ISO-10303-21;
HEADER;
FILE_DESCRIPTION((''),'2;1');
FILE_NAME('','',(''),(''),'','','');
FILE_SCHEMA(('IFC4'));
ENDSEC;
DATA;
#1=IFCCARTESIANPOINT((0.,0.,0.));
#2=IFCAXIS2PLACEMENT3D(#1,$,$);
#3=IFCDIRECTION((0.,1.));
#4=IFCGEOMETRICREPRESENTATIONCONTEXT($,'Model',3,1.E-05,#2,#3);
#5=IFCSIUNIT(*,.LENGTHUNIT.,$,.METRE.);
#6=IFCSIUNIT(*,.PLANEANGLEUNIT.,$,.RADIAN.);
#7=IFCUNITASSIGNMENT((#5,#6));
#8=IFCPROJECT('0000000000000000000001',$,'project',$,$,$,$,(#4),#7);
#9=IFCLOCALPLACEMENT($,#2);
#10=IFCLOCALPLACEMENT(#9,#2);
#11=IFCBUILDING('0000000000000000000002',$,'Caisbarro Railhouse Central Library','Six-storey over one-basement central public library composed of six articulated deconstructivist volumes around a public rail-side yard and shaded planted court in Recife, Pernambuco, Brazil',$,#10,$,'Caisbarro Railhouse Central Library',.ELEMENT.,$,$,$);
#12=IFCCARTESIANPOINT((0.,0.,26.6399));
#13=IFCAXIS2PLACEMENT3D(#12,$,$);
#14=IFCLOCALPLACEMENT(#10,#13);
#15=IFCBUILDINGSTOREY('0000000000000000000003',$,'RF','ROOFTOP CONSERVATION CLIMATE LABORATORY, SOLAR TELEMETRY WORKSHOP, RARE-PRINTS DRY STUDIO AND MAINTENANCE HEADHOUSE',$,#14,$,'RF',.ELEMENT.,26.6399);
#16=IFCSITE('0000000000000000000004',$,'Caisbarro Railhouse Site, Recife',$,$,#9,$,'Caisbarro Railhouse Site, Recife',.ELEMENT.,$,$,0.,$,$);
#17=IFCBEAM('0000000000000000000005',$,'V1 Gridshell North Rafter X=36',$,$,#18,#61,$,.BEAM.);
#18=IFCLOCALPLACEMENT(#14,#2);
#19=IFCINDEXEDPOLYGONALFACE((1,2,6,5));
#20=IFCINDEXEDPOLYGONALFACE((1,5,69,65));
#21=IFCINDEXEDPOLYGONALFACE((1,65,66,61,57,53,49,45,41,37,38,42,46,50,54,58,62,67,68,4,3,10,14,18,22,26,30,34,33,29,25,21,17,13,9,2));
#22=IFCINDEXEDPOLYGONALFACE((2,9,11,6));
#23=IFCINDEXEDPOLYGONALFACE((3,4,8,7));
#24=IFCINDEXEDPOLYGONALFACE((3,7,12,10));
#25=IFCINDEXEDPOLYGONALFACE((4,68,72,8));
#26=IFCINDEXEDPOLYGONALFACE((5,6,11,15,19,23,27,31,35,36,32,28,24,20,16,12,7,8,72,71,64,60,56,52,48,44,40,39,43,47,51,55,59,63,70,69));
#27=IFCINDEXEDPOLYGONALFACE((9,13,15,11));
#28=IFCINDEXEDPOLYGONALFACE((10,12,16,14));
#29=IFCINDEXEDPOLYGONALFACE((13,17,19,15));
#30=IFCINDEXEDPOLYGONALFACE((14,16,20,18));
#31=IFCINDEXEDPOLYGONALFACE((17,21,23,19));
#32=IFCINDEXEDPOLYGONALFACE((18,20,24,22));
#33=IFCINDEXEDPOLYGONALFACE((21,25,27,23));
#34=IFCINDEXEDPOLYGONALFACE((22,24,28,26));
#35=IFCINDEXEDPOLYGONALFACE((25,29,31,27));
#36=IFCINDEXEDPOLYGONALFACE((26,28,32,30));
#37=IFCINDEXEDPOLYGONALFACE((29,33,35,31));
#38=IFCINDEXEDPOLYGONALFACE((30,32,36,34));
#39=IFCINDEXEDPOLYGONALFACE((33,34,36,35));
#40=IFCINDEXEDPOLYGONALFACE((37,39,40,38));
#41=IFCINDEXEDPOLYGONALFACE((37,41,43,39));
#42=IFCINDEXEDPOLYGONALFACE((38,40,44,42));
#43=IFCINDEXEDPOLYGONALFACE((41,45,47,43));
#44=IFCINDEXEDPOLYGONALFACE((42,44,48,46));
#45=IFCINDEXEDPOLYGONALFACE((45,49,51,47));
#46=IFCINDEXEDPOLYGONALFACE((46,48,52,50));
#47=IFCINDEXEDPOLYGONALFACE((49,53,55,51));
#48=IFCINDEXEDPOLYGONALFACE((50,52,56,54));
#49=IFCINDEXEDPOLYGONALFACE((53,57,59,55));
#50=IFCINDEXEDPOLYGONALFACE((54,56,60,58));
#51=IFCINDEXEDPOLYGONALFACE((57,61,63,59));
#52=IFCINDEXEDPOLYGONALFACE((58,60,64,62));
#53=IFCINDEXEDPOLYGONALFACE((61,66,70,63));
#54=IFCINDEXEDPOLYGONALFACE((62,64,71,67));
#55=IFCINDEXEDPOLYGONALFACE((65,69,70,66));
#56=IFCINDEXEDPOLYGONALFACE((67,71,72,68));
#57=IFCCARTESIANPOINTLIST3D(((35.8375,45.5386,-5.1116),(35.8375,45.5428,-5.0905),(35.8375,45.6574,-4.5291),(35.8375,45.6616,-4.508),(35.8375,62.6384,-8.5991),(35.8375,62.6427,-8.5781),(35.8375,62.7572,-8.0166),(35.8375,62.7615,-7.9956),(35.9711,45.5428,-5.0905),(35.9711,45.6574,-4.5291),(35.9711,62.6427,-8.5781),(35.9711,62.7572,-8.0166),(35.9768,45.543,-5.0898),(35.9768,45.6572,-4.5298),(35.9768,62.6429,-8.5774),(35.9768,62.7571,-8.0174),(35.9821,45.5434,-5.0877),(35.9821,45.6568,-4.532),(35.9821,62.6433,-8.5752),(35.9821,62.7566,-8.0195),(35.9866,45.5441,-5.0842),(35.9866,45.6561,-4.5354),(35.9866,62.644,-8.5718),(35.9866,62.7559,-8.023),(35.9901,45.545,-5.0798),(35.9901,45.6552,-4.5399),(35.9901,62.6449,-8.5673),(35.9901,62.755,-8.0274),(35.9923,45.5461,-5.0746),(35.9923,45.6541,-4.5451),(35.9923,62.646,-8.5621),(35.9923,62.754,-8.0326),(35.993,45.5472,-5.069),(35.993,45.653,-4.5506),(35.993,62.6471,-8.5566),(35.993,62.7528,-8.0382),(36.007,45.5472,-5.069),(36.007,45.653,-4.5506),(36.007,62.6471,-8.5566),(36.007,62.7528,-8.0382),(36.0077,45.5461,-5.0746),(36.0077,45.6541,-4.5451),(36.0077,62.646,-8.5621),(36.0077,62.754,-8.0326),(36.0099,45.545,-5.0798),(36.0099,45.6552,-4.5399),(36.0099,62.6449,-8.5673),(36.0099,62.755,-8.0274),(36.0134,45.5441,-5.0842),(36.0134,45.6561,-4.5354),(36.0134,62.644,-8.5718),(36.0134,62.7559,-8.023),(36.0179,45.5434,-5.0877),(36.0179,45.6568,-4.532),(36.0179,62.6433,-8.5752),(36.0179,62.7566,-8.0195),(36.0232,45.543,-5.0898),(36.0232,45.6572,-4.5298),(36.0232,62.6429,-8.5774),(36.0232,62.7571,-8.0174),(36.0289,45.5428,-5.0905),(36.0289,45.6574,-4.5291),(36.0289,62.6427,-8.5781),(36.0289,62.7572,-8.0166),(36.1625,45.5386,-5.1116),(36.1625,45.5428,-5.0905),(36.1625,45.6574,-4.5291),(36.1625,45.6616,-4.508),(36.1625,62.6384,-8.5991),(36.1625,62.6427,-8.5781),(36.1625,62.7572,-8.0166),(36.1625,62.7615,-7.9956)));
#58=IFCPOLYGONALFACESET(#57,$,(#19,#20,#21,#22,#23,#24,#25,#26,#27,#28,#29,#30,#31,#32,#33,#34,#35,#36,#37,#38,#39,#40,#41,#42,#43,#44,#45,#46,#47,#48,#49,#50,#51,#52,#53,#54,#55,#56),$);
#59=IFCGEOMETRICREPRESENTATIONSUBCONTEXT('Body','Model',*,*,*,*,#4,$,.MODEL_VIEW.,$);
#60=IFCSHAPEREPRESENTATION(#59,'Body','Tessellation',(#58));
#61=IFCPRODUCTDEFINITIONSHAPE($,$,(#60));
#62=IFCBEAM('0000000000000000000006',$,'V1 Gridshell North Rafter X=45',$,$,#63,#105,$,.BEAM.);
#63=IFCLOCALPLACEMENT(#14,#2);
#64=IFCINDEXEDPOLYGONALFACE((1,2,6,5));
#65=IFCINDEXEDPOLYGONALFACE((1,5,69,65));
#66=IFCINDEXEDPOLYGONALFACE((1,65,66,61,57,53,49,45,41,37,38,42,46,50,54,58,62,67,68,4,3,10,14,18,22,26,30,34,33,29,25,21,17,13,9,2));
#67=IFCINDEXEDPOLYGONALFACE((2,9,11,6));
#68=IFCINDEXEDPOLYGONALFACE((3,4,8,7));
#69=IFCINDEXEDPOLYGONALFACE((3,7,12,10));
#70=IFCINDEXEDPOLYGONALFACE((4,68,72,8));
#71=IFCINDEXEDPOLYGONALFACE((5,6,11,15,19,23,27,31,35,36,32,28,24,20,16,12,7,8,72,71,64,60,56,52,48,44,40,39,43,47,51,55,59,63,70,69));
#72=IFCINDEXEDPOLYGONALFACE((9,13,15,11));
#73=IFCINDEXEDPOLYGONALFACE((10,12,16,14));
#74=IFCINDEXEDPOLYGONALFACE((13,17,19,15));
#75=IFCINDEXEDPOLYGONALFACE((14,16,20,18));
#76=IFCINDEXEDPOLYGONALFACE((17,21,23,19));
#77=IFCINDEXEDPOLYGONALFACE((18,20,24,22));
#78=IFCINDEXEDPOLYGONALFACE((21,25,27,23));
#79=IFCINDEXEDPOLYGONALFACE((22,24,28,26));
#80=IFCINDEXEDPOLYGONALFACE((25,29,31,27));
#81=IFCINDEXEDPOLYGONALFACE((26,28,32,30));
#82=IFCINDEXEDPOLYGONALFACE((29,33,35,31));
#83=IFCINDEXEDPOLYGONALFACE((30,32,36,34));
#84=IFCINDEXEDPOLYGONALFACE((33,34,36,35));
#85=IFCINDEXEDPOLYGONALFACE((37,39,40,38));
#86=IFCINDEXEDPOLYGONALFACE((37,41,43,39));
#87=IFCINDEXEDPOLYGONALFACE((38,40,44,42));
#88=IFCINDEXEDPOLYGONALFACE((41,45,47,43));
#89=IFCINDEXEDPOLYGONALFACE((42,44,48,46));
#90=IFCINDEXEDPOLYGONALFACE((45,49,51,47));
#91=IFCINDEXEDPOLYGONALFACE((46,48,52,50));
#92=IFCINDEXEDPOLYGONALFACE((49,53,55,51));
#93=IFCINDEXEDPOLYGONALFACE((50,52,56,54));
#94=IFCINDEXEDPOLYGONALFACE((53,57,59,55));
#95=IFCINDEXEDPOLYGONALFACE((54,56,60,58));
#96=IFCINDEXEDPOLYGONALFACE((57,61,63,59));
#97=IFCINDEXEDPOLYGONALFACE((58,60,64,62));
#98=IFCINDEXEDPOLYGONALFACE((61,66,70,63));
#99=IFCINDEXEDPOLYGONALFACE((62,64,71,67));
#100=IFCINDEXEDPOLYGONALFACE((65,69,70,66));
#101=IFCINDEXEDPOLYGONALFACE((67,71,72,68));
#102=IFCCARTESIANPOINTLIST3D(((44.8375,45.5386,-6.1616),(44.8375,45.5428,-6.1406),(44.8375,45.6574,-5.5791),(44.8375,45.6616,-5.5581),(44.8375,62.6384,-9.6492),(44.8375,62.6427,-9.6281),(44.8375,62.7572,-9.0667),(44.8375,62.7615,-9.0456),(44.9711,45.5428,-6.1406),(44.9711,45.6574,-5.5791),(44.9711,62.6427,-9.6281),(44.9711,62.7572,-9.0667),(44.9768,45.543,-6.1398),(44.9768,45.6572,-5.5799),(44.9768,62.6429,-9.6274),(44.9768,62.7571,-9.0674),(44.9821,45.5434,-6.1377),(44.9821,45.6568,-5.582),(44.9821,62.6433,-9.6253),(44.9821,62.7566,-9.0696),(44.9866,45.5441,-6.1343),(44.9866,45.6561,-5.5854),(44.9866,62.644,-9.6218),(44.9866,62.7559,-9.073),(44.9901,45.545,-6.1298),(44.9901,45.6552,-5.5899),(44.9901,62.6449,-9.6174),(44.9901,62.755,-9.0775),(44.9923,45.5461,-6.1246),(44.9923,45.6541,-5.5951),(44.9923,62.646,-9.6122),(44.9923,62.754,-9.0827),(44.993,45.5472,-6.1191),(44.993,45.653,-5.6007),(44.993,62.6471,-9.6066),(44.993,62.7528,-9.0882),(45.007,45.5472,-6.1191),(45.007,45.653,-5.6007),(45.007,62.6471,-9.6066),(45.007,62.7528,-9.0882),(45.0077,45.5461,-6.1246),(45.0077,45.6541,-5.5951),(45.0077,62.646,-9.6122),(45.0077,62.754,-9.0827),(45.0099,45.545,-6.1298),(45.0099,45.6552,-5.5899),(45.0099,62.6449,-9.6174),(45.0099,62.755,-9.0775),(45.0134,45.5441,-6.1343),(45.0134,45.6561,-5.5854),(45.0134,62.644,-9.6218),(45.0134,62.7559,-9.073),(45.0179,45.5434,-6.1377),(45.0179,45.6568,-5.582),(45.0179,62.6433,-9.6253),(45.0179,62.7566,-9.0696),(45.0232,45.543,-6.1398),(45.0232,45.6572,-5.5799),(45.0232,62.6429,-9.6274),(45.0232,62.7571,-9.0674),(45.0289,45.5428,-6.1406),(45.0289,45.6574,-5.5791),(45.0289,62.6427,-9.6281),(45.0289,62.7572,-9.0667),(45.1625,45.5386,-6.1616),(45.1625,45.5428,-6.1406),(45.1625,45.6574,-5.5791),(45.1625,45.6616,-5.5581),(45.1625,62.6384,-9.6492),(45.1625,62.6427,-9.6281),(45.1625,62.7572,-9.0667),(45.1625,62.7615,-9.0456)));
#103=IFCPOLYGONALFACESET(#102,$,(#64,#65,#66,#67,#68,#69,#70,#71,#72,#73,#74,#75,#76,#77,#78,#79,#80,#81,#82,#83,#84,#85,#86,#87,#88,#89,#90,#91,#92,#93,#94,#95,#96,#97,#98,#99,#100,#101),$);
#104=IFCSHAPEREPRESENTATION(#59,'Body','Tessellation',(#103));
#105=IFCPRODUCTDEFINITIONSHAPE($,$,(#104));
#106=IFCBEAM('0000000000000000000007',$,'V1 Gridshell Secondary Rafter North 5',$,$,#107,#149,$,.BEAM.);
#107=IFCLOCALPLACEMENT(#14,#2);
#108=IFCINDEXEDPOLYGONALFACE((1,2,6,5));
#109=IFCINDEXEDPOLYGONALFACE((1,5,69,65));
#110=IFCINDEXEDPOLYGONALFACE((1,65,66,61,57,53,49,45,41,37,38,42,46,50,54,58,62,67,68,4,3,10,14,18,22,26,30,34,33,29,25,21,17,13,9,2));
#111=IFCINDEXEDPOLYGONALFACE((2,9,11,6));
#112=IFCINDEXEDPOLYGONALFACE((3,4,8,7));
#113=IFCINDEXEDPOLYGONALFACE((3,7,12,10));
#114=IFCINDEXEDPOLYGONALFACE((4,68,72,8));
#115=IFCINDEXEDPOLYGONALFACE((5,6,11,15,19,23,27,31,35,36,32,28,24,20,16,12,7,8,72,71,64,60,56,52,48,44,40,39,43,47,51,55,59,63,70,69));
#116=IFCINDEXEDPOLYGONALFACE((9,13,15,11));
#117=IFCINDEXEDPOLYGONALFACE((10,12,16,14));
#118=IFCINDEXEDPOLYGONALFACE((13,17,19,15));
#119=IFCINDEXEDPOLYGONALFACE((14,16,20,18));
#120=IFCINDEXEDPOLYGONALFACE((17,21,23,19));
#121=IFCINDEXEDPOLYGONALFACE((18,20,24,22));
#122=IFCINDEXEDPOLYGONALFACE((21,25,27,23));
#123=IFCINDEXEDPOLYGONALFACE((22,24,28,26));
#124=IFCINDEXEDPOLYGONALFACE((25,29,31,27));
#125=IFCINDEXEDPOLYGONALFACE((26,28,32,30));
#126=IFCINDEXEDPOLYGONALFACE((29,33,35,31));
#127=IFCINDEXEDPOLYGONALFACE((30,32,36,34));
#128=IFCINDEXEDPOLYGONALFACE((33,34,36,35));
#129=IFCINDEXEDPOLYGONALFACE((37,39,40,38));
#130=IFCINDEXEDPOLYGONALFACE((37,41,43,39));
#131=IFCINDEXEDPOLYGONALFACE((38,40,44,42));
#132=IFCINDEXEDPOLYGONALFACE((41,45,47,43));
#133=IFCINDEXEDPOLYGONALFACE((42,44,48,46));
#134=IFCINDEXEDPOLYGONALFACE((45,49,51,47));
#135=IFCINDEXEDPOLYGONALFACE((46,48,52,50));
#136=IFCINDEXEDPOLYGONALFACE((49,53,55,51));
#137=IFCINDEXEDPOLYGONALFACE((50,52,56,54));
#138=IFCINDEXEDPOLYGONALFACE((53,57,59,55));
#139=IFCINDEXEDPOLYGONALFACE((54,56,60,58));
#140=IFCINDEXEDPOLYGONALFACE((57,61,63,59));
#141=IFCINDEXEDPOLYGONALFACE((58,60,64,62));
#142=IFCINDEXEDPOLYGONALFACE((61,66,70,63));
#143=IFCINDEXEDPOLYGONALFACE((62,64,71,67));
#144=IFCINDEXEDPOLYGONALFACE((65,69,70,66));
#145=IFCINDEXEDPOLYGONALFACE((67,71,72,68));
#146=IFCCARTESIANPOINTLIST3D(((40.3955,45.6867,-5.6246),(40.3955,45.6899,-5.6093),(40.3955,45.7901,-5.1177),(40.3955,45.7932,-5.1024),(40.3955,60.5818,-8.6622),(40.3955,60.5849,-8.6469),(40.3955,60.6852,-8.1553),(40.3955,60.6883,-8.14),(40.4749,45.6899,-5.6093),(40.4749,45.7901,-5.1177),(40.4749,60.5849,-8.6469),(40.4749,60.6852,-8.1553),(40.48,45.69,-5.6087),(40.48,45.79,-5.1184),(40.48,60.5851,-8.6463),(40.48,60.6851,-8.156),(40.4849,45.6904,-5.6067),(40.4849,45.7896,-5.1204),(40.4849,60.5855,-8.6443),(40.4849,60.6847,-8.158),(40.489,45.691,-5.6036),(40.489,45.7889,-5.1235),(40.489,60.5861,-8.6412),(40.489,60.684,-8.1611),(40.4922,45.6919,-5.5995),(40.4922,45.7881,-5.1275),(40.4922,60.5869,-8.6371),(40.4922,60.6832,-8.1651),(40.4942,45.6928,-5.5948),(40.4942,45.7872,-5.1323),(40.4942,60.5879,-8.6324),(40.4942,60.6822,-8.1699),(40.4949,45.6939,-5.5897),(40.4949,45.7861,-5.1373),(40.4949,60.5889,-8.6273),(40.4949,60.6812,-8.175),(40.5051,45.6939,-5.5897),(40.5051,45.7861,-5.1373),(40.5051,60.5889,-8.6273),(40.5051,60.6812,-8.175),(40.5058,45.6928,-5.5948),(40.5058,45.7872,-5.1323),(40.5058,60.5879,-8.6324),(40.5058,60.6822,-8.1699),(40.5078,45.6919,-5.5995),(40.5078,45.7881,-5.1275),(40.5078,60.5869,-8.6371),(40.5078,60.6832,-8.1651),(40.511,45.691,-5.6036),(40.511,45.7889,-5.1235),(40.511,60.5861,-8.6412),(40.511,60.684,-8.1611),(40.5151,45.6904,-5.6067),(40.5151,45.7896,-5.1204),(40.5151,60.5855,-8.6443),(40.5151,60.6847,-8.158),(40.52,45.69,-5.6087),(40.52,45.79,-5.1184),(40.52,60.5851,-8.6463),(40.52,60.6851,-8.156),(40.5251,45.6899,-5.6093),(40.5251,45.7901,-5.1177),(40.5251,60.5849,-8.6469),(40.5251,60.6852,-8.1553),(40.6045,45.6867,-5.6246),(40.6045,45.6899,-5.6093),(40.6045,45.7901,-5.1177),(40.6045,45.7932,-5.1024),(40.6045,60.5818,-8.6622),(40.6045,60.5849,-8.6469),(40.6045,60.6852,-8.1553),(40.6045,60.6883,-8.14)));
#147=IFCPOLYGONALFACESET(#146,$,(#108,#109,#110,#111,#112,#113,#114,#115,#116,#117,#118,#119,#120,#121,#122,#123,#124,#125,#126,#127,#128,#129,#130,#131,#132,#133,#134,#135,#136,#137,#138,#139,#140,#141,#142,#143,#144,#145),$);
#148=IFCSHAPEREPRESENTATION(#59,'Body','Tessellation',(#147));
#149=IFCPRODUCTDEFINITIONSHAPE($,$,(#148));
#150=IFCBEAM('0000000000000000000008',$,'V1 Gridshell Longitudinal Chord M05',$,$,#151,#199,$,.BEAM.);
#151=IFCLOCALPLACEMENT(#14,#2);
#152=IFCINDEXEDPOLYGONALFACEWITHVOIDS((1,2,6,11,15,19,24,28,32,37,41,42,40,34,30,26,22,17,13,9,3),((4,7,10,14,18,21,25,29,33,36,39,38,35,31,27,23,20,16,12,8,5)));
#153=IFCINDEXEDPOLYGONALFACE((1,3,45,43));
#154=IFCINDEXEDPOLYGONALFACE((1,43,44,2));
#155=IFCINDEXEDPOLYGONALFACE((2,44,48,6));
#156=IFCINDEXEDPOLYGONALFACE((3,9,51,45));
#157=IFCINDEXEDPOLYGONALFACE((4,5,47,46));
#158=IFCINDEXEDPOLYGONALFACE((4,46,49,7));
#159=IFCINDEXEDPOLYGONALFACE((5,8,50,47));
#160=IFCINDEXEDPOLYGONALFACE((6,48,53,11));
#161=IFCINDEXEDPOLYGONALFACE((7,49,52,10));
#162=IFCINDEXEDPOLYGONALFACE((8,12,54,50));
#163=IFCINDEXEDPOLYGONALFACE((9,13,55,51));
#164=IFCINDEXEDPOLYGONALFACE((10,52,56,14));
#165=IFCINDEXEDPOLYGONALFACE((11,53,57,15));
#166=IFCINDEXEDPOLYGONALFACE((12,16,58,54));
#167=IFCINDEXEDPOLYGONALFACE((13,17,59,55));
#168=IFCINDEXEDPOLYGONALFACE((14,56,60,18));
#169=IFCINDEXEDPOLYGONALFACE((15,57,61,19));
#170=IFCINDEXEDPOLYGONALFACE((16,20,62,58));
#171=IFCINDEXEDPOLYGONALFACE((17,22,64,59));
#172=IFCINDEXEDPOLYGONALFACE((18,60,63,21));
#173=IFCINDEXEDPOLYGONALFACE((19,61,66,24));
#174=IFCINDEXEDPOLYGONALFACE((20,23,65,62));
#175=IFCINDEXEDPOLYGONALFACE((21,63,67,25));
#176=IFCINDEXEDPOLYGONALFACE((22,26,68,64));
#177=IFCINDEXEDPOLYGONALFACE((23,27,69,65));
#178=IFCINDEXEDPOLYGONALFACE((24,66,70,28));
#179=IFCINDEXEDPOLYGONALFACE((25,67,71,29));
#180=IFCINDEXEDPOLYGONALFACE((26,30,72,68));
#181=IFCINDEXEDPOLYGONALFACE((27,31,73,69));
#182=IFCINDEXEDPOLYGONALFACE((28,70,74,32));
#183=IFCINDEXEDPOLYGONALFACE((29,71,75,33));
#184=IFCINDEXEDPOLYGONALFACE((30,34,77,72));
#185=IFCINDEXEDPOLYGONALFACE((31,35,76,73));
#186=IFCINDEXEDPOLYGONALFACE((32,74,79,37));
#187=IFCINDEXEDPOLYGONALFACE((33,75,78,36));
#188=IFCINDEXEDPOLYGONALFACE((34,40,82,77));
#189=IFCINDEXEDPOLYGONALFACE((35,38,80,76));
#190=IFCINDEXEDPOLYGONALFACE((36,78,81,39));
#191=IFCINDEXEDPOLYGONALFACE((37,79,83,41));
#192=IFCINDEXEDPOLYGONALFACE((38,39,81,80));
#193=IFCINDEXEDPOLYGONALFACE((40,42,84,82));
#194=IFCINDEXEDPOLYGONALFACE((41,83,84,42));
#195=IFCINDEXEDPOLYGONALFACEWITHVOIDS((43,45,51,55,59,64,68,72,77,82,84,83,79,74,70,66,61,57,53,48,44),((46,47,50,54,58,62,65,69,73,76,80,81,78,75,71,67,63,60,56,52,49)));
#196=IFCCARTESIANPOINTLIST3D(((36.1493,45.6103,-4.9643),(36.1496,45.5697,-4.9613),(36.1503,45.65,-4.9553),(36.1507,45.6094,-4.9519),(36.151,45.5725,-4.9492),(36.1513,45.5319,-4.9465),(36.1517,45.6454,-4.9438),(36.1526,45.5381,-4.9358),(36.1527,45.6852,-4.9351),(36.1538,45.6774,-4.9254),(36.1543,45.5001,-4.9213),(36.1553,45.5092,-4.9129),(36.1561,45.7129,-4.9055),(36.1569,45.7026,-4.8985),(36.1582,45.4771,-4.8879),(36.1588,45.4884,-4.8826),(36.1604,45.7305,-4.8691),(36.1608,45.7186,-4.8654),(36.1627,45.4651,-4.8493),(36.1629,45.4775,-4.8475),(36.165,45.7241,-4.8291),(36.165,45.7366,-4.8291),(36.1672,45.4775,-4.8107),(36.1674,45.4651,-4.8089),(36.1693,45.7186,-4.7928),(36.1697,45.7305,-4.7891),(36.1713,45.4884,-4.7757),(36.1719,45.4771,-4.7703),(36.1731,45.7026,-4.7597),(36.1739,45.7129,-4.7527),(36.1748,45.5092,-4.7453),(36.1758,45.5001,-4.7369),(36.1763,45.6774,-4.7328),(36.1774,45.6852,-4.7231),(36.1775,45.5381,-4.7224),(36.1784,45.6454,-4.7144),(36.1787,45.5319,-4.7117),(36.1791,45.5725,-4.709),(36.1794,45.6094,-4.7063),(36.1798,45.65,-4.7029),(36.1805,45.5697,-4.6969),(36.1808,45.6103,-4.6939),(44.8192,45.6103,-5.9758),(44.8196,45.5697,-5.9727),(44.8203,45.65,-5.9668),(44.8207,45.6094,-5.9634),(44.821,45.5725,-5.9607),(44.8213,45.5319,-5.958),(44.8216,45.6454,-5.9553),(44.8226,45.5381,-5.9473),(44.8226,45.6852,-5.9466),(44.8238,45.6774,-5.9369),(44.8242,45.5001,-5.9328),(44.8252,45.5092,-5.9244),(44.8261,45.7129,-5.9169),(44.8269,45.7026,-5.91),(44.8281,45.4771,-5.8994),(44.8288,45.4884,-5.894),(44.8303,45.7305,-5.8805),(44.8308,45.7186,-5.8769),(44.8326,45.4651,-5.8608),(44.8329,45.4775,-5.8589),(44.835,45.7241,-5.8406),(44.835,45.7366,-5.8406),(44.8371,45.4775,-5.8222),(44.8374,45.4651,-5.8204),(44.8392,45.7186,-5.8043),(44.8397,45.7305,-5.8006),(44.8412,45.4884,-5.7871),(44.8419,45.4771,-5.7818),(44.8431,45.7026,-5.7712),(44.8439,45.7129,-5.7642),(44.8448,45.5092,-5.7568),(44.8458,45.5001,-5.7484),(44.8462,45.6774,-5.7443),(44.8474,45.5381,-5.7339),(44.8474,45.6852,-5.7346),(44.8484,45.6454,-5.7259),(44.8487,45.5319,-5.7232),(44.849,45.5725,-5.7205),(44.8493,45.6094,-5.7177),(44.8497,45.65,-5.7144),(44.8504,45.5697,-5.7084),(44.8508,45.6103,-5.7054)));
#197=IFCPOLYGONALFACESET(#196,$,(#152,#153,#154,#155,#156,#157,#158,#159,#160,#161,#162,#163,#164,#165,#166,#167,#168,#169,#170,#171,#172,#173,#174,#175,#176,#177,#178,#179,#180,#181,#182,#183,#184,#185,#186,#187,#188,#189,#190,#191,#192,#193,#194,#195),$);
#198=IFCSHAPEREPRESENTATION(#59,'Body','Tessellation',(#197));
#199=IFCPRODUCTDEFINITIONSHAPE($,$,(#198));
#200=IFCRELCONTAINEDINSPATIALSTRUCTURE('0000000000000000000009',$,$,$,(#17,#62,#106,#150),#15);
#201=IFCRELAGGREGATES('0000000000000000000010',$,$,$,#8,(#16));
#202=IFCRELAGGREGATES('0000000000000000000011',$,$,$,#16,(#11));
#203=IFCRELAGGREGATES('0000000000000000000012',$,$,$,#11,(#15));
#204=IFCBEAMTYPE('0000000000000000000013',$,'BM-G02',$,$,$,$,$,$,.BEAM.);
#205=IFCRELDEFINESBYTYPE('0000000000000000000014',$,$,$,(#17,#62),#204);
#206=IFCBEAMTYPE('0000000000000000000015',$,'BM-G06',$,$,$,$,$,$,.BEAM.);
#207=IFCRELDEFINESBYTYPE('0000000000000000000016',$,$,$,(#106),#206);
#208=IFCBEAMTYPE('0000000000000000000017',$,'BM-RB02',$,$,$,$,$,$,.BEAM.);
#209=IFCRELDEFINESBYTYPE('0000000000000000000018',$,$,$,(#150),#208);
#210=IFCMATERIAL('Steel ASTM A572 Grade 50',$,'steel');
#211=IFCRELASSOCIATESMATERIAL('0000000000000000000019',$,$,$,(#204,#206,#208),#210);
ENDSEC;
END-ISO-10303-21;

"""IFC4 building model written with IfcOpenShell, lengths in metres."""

from ifc_helpers import new_model, si_unit, direction, frame, origin, origin_2d, place, context, subcontext, project, spatial, hollow_circle, i_section, extrude, material, material_profile, profile_set, type_object, element, save


model = new_model("IFC4")

# Units and contexts
model_context = context("Model", 3, precision=1e-05, world=origin(), true_north=direction((0.0, 1.0)))
body_context = subcontext(model_context, "Body", "Model", "MODEL_VIEW")
ifc_project = project(units=[si_unit("LENGTHUNIT", "METRE"), si_unit("PLANEANGLEUNIT", "RADIAN")], contexts=[model_context])

# Site, building, storey
site_placement = place(None, origin())
site = spatial("IfcSite", under=ifc_project, at=site_placement, Name="Caisbarro Railhouse Site, Recife", LongName="Caisbarro Railhouse Site, Recife", CompositionType="ELEMENT", RefElevation=0.0)
building_placement = place(site_placement, origin())
building = spatial("IfcBuilding", under=site, at=building_placement, Name="Caisbarro Railhouse Central Library", Description="Six-storey over one-basement central public library composed of six articulated deconstructivist volumes around a public rail-side yard and shaded planted court in Recife, Pernambuco, Brazil", LongName="Caisbarro Railhouse Central Library", CompositionType="ELEMENT")
storey_placement = place(building_placement, frame((0.0, 0.0, 26.6399)))
storey = spatial("IfcBuildingStorey", under=building, at=storey_placement, Name="RF", Description="ROOFTOP CONSERVATION CLIMATE LABORATORY, SOLAR TELEMETRY WORKSHOP, RARE-PRINTS DRY STUDIO AND MAINTENANCE HEADHOUSE", LongName="RF", CompositionType="ELEMENT", Elevation=26.6399)

# Beams
ifc_material_1 = material(Name="Steel ASTM A572 Grade 50", Category="steel")
ifc_material_profile_1 = material_profile(ifc_material_1, i_section(OverallWidth=0.325, OverallDepth=0.616, WebThickness=0.0139, FlangeThickness=0.0215, FilletRadius=0.022, at=origin_2d()), Name="W610X174.0")
ifc_profile_set_1 = profile_set([ifc_material_profile_1], Name="Steel ASTM A572 Grade 50")
beam_type_1 = type_object("IfcBeamType", Name="BM-G02", PredefinedType="BEAM", material=ifc_profile_set_1)
for number, where, z_axis, x_axis, name in (
    (1, (36.0, 45.6001, -4.8098), (0.0, 0.979829, -0.199838), (-1.0, 0.0, 0.0), "V1 Gridshell North Rafter X=36"),
    (2, (45.0, 45.6001, -5.8599), (0.0, 0.979829, -0.199838), (-1.0, 0.0, 0.0), "V1 Gridshell North Rafter X=45"),
):
    element("IfcBeam", number, at=place(storey_placement, frame(where, z_axis=z_axis, x_axis=x_axis)), inside=storey, type_object=beam_type_1, Name=name, PredefinedType="BEAM", context=body_context, shape_type="SweptSolid", body=[
        extrude(i_section(OverallWidth=0.325, OverallDepth=0.616, WebThickness=0.0139, FlangeThickness=0.0215, FilletRadius=0.022, at=origin_2d()), origin(), (0.0, 0.0, 1.0), 17.4519),
    ])
ifc_material_profile_2 = material_profile(ifc_material_1, i_section(OverallWidth=0.209, OverallDepth=0.533, WebThickness=0.0103, FlangeThickness=0.0156, FilletRadius=0.02, at=origin_2d()), Name="W530X92.0")
ifc_profile_set_2 = profile_set([ifc_material_profile_2], Name="Steel ASTM A572 Grade 50")
beam_type_2 = type_object("IfcBeamType", Name="BM-G06", PredefinedType="BEAM", material=ifc_profile_set_2)
beam_1_placement = place(storey_placement, frame((40.5, 45.74, -5.3635), z_axis=(0.0, 0.979832, -0.199821), x_axis=(-1.0, 0.0, 0.0)))
element("IfcBeam", 3, at=beam_1_placement, inside=storey, type_object=beam_type_2, Name="V1 Gridshell Secondary Rafter North 5", PredefinedType="BEAM", context=body_context, shape_type="SweptSolid", body=[
    extrude(i_section(OverallWidth=0.209, OverallDepth=0.533, WebThickness=0.0103, FlangeThickness=0.0156, FilletRadius=0.02, at=origin_2d()), origin(), (0.0, 0.0, 1.0), 15.2017),
])
ifc_material_profile_3 = material_profile(ifc_material_1, hollow_circle(Radius=0.1365, WallThickness=0.0125, at=origin_2d()), Name="CHS273.0X12.5")
ifc_profile_set_3 = profile_set([ifc_material_profile_3], Name="Steel ASTM A572 Grade 50")
beam_type_3 = type_object("IfcBeamType", Name="BM-RB02", PredefinedType="BEAM", material=ifc_profile_set_3)
beam_2_placement = place(storey_placement, frame((36.165, 45.6001, -4.8291), z_axis=(0.993263, 0.0, -0.115879), x_axis=(0.0, 1.0, 0.0)))
element("IfcBeam", 4, at=beam_2_placement, inside=storey, type_object=beam_type_3, Name="V1 Gridshell Longitudinal Chord M05", PredefinedType="BEAM", context=body_context, shape_type="SweptSolid", body=[
    extrude(hollow_circle(Radius=0.1365, WallThickness=0.0125, at=origin_2d()), origin(), (0.0, 0.0, 1.0), 8.7288),
])

save(model, "model.ifc")
